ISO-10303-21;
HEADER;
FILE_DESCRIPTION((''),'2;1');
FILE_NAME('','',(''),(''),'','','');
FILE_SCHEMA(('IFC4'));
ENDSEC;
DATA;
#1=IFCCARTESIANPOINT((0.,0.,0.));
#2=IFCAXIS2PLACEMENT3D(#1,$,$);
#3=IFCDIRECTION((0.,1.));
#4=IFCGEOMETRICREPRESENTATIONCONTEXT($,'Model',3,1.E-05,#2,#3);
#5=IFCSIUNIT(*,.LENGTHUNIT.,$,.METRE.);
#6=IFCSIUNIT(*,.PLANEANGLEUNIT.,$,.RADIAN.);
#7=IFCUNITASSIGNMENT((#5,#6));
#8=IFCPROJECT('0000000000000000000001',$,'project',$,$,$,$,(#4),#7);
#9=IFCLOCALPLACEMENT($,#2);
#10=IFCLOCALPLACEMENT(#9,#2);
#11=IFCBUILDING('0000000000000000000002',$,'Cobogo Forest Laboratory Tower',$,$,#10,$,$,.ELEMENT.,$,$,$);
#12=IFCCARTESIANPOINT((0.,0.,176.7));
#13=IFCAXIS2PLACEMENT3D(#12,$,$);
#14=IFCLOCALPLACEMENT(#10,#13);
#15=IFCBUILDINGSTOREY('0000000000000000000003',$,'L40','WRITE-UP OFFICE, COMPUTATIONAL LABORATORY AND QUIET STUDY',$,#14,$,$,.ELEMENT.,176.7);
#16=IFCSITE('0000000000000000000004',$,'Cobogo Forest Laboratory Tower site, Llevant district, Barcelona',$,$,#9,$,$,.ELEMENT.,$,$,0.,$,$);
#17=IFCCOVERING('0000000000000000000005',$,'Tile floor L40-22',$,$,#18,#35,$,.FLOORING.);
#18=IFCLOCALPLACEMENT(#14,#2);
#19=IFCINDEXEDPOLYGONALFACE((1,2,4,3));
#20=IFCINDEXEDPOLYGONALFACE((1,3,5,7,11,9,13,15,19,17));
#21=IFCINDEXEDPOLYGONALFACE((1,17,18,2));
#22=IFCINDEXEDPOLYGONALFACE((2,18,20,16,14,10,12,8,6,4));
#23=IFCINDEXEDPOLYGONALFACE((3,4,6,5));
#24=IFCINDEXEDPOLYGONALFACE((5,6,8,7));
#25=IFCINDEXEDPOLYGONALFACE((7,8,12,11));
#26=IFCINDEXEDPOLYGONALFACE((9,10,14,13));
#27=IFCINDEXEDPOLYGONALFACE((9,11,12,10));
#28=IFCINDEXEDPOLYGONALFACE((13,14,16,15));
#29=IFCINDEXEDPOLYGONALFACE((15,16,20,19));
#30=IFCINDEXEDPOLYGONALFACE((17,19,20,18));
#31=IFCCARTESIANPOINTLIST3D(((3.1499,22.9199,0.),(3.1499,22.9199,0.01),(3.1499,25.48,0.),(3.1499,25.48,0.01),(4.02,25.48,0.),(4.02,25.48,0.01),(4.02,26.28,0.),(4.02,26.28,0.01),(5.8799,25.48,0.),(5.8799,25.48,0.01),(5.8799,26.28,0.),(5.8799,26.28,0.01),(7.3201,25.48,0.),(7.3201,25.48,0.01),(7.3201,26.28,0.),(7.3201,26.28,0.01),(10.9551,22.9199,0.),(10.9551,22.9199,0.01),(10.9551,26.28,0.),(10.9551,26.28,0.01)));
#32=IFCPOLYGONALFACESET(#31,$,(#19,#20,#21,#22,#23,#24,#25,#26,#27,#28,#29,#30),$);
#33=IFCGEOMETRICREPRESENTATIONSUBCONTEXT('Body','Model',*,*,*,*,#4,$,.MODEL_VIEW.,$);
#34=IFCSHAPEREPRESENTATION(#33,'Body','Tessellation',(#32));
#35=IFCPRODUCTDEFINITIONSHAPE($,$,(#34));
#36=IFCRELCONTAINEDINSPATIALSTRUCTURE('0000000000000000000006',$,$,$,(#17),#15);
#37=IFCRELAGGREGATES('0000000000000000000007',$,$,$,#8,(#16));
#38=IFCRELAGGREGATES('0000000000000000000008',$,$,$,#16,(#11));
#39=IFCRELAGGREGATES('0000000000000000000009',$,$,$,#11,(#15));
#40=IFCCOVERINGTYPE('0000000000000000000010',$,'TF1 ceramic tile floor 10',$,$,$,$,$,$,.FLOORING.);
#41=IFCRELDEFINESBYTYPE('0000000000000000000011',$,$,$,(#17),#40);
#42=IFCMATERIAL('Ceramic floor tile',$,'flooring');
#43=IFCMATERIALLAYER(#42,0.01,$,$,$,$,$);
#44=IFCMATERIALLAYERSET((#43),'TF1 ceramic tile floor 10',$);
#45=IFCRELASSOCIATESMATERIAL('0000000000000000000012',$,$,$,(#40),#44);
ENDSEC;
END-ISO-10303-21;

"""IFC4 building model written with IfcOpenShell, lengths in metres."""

from ifc_helpers import new_model, si_unit, direction, frame, origin, place, context, subcontext, project, spatial, polyline, outline, extrude, material, layer, layer_set, type_object, element, save


model = new_model("IFC4")

# Units and contexts
model_context = context("Model", 3, precision=1e-05, world=origin(), true_north=direction((0.0, 1.0)))
body_context = subcontext(model_context, "Body", "Model", "MODEL_VIEW")
ifc_project = project(units=[si_unit("LENGTHUNIT", "METRE"), si_unit("PLANEANGLEUNIT", "RADIAN")], contexts=[model_context])

# Site, building, storey
site_placement = place(None, origin())
site = spatial("IfcSite", under=ifc_project, at=site_placement, Name="Cobogo Forest Laboratory Tower site, Llevant district, Barcelona", CompositionType="ELEMENT", RefElevation=0.0)
building_placement = place(site_placement, origin())
building = spatial("IfcBuilding", under=site, at=building_placement, Name="Cobogo Forest Laboratory Tower", CompositionType="ELEMENT")
storey_placement = place(building_placement, frame((0.0, 0.0, 176.7)))
storey = spatial("IfcBuildingStorey", under=building, at=storey_placement, Name="L40", Description="WRITE-UP OFFICE, COMPUTATIONAL LABORATORY AND QUIET STUDY", CompositionType="ELEMENT", Elevation=176.7)

# Covering
ifc_material_1 = material(Name="Ceramic floor tile", Category="flooring")
ifc_layer_1 = layer(ifc_material_1, 0.01)
ifc_layer_set_1 = layer_set([ifc_layer_1], Name="TF1 ceramic tile floor 10")
covering_type_1 = type_object("IfcCoveringType", Name="TF1 ceramic tile floor 10", PredefinedType="FLOORING", material=ifc_layer_set_1)
covering_1_placement = place(storey_placement, origin())
element("IfcCovering", 1, at=covering_1_placement, inside=storey, type_object=covering_type_1, Name="Tile floor L40-22", PredefinedType="FLOORING", context=body_context, shape_type="SweptSolid", body=[
    extrude(outline(polyline([(10.9551, 22.9199), (3.1499, 22.9199), (3.1499, 25.48), (4.02, 25.48), (4.02, 26.28), (5.8799, 26.28), (5.8799, 25.48), (7.3201, 25.48), (7.3201, 26.28), (10.9551, 26.28), (10.9551, 22.9199)])), origin(), (0.0, 0.0, 1.0), 0.01),
])

save(model, "model.ifc")
